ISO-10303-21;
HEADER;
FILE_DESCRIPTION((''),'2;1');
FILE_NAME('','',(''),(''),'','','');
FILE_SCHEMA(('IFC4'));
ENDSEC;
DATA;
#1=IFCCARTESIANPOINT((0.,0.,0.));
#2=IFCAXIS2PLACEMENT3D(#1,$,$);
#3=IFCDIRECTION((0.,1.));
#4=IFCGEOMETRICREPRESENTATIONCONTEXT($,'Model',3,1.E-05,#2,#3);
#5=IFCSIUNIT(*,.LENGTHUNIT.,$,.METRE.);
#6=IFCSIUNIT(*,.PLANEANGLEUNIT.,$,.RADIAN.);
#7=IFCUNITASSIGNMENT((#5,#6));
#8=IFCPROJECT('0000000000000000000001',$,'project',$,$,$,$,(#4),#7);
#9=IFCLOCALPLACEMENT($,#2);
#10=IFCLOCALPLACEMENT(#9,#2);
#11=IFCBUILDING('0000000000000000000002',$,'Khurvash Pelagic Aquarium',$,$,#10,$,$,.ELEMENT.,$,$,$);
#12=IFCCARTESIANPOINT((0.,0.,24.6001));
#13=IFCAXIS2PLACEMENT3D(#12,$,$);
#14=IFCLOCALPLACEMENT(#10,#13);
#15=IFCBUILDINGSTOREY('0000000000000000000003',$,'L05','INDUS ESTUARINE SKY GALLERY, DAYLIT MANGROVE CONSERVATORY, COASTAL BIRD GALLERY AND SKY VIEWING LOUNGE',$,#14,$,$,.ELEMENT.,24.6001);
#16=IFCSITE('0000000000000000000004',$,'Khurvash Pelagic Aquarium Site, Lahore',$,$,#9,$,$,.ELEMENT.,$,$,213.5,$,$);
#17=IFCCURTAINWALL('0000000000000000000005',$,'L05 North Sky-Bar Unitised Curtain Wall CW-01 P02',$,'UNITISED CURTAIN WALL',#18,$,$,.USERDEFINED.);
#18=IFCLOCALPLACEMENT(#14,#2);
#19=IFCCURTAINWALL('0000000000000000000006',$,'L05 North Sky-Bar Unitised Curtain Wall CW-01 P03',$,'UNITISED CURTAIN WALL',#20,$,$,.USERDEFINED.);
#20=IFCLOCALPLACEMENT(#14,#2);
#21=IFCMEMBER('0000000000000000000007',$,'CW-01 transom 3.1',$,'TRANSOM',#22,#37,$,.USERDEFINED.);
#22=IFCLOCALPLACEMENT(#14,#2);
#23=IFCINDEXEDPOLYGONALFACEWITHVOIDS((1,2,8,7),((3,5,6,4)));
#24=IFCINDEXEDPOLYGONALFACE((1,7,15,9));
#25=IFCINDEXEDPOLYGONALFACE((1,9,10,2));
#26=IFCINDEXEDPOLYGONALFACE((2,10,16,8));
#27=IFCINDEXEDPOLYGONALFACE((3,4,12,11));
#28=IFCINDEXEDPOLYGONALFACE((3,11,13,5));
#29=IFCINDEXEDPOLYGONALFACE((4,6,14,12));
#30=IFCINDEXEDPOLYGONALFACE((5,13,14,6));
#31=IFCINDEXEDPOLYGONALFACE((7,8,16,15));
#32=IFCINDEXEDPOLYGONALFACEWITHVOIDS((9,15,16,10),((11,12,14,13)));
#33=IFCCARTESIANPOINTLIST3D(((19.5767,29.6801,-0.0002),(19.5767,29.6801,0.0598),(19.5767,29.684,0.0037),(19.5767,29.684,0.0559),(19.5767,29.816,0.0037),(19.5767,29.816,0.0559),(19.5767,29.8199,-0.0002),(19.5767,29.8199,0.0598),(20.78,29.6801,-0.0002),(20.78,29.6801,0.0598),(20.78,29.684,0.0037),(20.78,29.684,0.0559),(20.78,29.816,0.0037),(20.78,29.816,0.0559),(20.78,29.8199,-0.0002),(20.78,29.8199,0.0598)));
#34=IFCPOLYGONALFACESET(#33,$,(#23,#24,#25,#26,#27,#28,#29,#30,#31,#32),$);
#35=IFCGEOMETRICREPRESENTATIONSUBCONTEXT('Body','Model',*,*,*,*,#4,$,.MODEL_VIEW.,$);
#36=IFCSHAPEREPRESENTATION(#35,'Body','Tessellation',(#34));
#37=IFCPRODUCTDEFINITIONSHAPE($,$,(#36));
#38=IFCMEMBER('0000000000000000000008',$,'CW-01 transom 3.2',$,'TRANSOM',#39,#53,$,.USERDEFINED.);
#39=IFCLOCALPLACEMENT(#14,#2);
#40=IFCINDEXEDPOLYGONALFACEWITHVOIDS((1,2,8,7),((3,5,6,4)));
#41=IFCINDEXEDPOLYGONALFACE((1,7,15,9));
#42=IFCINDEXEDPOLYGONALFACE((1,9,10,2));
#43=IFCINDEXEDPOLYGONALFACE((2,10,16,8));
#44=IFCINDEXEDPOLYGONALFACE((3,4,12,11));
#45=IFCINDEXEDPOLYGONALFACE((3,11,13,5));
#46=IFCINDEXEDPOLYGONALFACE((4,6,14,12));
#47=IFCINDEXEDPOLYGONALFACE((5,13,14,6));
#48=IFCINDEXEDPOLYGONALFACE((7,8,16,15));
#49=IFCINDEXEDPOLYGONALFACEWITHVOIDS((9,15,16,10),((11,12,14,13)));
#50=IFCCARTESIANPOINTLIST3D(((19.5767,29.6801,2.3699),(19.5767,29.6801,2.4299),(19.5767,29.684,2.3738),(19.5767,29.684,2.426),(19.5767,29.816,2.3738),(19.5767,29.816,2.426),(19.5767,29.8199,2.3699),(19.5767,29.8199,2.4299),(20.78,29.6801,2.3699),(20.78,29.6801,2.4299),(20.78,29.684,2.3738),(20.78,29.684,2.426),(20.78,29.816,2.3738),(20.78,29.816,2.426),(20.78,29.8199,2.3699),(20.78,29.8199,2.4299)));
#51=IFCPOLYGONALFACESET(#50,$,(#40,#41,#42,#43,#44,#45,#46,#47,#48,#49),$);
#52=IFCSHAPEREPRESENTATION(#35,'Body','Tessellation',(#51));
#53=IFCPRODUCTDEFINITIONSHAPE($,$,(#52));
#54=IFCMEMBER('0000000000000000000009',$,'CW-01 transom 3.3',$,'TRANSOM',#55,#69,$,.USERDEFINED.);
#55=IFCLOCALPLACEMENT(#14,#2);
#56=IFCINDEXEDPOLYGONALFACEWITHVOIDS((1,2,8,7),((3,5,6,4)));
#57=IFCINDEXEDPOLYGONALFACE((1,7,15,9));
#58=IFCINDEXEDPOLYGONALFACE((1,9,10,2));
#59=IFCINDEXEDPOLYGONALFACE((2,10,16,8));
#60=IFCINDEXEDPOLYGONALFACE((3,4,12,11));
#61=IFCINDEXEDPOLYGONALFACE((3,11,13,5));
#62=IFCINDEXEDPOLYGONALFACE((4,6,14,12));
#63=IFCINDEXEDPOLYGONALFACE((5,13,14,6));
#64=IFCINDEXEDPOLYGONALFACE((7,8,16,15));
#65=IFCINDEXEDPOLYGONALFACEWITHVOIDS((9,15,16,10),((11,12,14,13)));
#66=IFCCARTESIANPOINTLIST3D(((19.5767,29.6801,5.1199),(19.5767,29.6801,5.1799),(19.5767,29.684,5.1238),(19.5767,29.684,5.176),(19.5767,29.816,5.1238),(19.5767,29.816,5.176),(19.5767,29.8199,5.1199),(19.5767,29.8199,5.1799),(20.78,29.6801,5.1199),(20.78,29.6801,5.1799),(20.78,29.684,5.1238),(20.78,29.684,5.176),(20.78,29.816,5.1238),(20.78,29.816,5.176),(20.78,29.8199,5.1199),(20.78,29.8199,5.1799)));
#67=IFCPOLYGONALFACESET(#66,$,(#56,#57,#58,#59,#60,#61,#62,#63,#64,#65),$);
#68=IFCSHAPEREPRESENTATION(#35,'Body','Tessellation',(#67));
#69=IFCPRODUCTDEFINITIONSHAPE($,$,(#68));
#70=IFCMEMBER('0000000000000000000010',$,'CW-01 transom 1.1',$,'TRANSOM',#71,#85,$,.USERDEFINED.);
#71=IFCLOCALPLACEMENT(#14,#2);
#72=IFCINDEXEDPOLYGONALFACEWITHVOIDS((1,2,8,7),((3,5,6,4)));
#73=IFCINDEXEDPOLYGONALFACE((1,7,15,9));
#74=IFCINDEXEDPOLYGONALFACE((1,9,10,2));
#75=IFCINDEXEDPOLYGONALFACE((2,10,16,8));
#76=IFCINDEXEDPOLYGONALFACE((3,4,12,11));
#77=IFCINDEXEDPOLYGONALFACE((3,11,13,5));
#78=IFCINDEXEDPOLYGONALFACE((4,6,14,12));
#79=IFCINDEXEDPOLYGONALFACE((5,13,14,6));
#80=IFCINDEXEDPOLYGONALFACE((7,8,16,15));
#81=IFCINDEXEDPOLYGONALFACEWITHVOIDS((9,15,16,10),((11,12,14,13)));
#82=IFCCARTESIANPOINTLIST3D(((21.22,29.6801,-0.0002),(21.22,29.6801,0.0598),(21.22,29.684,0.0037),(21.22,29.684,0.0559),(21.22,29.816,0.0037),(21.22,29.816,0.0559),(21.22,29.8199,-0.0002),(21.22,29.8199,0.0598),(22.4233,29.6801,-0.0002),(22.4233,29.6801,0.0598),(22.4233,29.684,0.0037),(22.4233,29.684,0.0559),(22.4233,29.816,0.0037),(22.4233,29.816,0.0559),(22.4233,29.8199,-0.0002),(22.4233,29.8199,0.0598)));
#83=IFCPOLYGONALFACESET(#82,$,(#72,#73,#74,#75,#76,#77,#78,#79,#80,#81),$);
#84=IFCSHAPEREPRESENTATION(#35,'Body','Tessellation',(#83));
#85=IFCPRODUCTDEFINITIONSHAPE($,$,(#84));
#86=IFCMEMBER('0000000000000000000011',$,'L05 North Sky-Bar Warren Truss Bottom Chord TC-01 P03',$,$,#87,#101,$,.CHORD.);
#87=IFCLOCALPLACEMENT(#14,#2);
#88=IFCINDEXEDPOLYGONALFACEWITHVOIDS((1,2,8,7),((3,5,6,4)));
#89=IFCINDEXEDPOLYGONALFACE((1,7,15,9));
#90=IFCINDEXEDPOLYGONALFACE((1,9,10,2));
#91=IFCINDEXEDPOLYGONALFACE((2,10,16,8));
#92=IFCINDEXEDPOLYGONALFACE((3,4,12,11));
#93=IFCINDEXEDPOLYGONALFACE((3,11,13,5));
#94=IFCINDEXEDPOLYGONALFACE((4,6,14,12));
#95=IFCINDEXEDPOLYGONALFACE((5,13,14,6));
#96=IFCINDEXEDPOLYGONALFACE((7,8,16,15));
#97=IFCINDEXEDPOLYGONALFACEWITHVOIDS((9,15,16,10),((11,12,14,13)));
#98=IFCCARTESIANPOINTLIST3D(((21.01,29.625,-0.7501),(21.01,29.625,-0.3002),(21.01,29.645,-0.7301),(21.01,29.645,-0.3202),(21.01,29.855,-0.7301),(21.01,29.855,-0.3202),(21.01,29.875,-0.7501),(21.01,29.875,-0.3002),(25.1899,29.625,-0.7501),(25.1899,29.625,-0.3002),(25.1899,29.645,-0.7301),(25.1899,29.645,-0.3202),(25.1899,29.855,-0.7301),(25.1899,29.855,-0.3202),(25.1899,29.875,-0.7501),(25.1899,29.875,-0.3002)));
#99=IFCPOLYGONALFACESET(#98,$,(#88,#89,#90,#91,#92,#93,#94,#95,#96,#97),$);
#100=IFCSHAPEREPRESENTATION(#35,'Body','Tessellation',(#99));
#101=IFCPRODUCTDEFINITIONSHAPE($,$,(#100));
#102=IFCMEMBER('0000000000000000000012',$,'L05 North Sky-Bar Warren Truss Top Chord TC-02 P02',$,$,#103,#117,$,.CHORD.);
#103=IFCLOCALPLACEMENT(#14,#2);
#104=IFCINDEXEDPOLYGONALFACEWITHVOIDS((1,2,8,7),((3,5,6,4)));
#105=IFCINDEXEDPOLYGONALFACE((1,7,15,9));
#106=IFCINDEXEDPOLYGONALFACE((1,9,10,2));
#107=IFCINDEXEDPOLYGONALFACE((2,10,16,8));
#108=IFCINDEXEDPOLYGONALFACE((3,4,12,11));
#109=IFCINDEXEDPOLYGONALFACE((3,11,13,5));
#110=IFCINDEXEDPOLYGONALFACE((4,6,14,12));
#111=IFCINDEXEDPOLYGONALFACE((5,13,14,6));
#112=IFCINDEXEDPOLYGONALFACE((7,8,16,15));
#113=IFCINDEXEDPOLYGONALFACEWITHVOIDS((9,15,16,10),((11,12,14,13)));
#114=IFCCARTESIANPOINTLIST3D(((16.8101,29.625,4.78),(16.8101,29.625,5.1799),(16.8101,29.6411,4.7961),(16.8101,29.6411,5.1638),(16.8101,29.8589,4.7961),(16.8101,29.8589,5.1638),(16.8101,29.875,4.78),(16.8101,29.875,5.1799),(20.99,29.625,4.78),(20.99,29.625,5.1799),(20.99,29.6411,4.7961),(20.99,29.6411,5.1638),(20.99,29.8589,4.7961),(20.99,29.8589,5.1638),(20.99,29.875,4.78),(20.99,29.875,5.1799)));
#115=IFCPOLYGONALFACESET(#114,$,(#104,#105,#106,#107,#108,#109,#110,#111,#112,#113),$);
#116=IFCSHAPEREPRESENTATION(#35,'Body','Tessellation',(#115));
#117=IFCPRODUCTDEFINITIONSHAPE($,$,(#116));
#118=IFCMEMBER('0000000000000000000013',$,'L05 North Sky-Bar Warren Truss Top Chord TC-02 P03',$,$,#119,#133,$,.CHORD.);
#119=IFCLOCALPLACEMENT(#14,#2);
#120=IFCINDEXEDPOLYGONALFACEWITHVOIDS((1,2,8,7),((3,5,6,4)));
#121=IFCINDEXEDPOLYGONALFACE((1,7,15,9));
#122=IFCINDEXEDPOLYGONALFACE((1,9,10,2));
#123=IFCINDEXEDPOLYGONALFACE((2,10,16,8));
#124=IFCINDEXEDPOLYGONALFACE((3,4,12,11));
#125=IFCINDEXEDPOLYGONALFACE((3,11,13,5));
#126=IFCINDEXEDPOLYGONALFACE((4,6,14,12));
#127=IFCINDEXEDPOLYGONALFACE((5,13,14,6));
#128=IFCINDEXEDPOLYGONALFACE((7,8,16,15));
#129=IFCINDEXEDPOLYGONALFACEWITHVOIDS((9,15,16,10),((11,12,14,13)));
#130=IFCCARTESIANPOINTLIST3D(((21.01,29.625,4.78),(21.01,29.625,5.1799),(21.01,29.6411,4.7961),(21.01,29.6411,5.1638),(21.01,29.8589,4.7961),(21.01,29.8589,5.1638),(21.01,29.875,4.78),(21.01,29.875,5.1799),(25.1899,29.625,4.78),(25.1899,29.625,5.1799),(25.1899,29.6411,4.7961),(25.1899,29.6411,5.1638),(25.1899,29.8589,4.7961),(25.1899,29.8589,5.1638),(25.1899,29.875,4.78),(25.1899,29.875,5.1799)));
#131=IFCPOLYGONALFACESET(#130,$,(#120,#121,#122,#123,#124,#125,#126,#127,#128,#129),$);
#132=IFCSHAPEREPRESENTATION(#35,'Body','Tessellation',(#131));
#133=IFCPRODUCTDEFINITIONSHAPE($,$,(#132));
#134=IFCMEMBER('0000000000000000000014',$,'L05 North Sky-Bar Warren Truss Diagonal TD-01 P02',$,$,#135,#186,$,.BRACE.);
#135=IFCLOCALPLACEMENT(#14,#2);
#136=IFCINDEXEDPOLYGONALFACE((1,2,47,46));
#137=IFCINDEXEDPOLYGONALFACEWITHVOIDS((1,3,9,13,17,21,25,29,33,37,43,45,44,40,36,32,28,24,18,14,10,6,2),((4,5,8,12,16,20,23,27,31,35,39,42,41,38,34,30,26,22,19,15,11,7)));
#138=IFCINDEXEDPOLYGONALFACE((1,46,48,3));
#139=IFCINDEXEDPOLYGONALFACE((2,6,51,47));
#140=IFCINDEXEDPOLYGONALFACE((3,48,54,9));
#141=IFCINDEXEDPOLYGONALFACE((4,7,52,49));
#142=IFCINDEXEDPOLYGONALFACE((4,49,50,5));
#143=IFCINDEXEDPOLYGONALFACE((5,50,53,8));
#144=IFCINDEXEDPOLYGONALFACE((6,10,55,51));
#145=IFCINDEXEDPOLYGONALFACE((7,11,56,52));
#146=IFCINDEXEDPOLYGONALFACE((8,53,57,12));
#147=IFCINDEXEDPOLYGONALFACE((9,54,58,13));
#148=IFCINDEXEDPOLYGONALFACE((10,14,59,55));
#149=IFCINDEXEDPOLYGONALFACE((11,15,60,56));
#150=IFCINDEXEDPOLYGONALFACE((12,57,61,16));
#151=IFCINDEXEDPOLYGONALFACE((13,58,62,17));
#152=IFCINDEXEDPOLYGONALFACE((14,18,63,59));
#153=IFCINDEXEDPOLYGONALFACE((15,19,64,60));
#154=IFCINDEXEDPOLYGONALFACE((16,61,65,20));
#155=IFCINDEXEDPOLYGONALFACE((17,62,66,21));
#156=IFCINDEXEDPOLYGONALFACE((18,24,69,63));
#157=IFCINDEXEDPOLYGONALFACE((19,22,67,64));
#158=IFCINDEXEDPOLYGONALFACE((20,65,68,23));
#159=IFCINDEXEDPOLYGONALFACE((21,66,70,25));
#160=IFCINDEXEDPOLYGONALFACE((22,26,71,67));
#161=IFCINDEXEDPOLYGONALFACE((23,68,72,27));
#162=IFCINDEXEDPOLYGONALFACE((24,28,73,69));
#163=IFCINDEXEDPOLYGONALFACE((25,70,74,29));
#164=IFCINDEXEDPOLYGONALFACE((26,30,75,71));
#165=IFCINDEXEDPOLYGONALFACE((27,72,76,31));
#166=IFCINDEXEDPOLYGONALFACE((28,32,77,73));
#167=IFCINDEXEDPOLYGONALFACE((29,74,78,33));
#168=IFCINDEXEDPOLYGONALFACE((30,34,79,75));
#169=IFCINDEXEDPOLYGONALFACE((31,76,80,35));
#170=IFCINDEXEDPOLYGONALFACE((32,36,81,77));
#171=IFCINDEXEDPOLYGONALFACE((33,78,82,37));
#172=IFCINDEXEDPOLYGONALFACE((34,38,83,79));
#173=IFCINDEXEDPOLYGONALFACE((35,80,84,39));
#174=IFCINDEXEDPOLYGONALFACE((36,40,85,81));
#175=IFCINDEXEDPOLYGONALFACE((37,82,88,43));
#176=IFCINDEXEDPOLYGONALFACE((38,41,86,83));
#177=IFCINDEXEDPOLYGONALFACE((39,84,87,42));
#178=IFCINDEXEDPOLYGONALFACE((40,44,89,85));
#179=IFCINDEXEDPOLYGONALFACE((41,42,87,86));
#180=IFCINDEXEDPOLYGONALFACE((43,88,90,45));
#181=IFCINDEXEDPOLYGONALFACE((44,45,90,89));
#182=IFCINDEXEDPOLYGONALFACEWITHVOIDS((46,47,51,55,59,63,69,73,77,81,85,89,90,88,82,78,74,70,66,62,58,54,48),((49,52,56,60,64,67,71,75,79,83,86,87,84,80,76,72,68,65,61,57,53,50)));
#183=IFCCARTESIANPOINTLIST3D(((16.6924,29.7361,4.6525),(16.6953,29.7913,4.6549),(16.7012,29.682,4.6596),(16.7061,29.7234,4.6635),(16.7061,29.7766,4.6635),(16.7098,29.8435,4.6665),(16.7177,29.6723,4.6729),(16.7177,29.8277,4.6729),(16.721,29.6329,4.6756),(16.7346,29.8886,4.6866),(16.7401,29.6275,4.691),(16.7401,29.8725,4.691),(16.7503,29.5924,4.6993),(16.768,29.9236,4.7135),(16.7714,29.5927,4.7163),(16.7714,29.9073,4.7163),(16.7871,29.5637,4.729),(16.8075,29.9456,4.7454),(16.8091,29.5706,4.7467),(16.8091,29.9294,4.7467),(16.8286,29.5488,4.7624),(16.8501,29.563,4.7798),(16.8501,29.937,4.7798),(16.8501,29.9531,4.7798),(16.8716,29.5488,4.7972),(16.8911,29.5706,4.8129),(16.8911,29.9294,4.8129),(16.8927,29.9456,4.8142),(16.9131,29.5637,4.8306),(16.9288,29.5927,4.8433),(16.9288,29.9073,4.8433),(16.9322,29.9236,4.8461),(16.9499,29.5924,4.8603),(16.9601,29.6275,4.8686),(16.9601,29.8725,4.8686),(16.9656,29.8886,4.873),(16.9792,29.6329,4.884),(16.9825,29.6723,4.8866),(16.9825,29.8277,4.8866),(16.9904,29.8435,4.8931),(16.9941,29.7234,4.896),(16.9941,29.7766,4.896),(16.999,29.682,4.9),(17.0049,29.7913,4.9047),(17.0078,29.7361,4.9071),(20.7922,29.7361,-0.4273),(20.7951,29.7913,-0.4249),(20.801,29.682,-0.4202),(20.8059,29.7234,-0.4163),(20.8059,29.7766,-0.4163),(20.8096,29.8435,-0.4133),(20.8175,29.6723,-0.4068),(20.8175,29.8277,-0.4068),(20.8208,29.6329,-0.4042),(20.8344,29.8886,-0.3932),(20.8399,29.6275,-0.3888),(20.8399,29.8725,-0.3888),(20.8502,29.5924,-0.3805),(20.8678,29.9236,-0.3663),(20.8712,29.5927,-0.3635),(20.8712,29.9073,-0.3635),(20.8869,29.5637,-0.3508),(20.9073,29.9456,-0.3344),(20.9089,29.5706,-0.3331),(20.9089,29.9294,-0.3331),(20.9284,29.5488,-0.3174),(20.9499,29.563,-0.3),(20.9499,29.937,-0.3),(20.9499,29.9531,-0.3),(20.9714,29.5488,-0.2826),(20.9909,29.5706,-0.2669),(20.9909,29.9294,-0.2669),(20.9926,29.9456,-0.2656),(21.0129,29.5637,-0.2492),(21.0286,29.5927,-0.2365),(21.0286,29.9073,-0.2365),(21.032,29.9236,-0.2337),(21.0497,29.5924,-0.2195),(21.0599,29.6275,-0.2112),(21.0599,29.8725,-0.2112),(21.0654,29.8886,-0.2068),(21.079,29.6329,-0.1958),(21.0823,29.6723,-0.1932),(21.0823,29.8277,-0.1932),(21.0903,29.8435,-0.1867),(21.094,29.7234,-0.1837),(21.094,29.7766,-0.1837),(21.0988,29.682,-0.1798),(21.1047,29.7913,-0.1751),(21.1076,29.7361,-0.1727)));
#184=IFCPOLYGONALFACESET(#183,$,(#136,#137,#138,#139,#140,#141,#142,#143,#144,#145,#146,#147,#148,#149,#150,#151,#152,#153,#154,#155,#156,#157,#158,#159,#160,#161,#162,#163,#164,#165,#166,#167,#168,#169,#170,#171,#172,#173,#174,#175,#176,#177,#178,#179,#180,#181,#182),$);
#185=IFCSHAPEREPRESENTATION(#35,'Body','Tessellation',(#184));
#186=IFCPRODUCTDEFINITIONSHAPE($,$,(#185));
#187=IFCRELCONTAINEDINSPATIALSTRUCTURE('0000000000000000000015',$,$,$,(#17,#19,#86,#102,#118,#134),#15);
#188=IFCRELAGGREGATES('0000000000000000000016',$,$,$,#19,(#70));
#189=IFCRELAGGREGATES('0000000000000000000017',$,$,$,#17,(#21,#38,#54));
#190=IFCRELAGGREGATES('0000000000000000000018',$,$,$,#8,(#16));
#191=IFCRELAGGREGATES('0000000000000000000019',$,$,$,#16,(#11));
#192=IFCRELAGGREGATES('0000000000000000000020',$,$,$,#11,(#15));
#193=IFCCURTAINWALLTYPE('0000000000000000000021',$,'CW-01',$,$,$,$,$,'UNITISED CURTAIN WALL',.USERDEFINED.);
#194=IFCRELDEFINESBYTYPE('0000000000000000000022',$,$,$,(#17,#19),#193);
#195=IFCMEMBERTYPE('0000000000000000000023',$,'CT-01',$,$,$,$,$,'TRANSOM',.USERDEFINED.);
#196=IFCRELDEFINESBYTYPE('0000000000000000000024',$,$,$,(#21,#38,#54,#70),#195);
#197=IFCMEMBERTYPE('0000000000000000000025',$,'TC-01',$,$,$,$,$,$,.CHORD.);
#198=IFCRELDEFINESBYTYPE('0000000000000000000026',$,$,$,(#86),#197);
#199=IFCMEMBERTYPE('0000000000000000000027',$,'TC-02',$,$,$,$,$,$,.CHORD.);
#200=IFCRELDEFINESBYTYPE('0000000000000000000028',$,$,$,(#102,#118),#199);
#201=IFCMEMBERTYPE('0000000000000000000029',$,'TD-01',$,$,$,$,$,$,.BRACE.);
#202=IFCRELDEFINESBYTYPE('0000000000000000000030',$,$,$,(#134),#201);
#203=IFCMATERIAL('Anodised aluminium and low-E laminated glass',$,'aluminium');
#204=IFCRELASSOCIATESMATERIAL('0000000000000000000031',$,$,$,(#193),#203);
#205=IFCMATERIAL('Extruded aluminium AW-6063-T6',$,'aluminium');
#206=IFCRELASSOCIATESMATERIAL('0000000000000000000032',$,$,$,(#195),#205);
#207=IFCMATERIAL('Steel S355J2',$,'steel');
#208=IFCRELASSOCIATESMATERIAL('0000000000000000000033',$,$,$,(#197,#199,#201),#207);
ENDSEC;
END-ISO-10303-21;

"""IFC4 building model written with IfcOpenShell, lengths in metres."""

from ifc_helpers import new_model, si_unit, direction, frame, origin, origin_2d, place, context, subcontext, project, spatial, hollow_rectangle, hollow_circle, extrude, material, material_profile, profile_set, type_object, element, aggregate, save


model = new_model("IFC4")

# Units and contexts
model_context = context("Model", 3, precision=1e-05, world=origin(), true_north=direction((0.0, 1.0)))
body_context = subcontext(model_context, "Body", "Model", "MODEL_VIEW")
ifc_project = project(units=[si_unit("LENGTHUNIT", "METRE"), si_unit("PLANEANGLEUNIT", "RADIAN")], contexts=[model_context])

# Site, building, storey
site_placement = place(None, origin())
site = spatial("IfcSite", under=ifc_project, at=site_placement, Name="Khurvash Pelagic Aquarium Site, Lahore", CompositionType="ELEMENT", RefElevation=213.5)
building_placement = place(site_placement, origin())
building = spatial("IfcBuilding", under=site, at=building_placement, Name="Khurvash Pelagic Aquarium", CompositionType="ELEMENT")
storey_placement = place(building_placement, frame((0.0, 0.0, 24.6001)))
storey = spatial("IfcBuildingStorey", under=building, at=storey_placement, Name="L05", Description="INDUS ESTUARINE SKY GALLERY, DAYLIT MANGROVE CONSERVATORY, COASTAL BIRD GALLERY AND SKY VIEWING LOUNGE", CompositionType="ELEMENT", Elevation=24.6001)

# Curtain wall
ifc_material_1 = material(Name="Anodised aluminium and low-E laminated glass", Category="aluminium")
curtain_wall_type = type_object("IfcCurtainWallType", Name="CW-01", ElementType="UNITISED CURTAIN WALL", PredefinedType="USERDEFINED", material=ifc_material_1)
curtain_wall_1_placement = place(storey_placement, origin())
curtain_wall_1 = element("IfcCurtainWall", 1, at=curtain_wall_1_placement, inside=storey, type_object=curtain_wall_type, Name="L05 North Sky-Bar Unitised Curtain Wall CW-01 P02", ObjectType="UNITISED CURTAIN WALL", PredefinedType="USERDEFINED")
ifc_material_2 = material(Name="Extruded aluminium AW-6063-T6", Category="aluminium")

# Curtain wall
curtain_wall_2_placement = place(storey_placement, origin())
curtain_wall_2 = element("IfcCurtainWall", 2, at=curtain_wall_2_placement, inside=storey, type_object=curtain_wall_type, Name="L05 North Sky-Bar Unitised Curtain Wall CW-01 P03", ObjectType="UNITISED CURTAIN WALL", PredefinedType="USERDEFINED")

# Members
ifc_material_profile_1 = material_profile(ifc_material_2, hollow_rectangle(XDim=0.1399, YDim=0.0601, WallThickness=0.0039, at=origin_2d()), Name="CWT140X60X4")
ifc_profile_set_1 = profile_set([ifc_material_profile_1], Name="Extruded aluminium AW-6063-T6")
member_type_1 = type_object("IfcMemberType", Name="CT-01", ElementType="TRANSOM", PredefinedType="USERDEFINED", material=ifc_profile_set_1)
member_1_placement = place(storey_placement, frame((19.5767, 29.75, 0.0298), z_axis=(1.0, 0.0, 0.0), x_axis=(0.0, 1.0, 0.0)))
member_1 = element("IfcMember", 3, at=member_1_placement, type_object=member_type_1, Name="CW-01 transom 3.1", ObjectType="TRANSOM", PredefinedType="USERDEFINED", context=body_context, shape_type="SweptSolid", body=[
    extrude(hollow_rectangle(XDim=0.1399, YDim=0.0601, WallThickness=0.0039, at=origin_2d()), origin(), (0.0, 0.0, 1.0), 1.2034),
])
member_2_placement = place(storey_placement, frame((19.5767, 29.75, 2.3999), z_axis=(1.0, 0.0, 0.0), x_axis=(0.0, 1.0, 0.0)))
member_2 = element("IfcMember", 4, at=member_2_placement, type_object=member_type_1, Name="CW-01 transom 3.2", ObjectType="TRANSOM", PredefinedType="USERDEFINED", context=body_context, shape_type="SweptSolid", body=[
    extrude(hollow_rectangle(XDim=0.1399, YDim=0.0601, WallThickness=0.0039, at=origin_2d()), origin(), (0.0, 0.0, 1.0), 1.2034),
])
member_3_placement = place(storey_placement, frame((19.5767, 29.75, 5.1499), z_axis=(1.0, 0.0, 0.0), x_axis=(0.0, 1.0, 0.0)))
member_3 = element("IfcMember", 5, at=member_3_placement, type_object=member_type_1, Name="CW-01 transom 3.3", ObjectType="TRANSOM", PredefinedType="USERDEFINED", context=body_context, shape_type="SweptSolid", body=[
    extrude(hollow_rectangle(XDim=0.1399, YDim=0.0601, WallThickness=0.0039, at=origin_2d()), origin(), (0.0, 0.0, 1.0), 1.2034),
])
member_4_placement = place(storey_placement, frame((21.22, 29.75, 0.0298), z_axis=(1.0, 0.0, 0.0), x_axis=(0.0, 1.0, 0.0)))
member_4 = element("IfcMember", 6, at=member_4_placement, type_object=member_type_1, Name="CW-01 transom 1.1", ObjectType="TRANSOM", PredefinedType="USERDEFINED", context=body_context, shape_type="SweptSolid", body=[
    extrude(hollow_rectangle(XDim=0.1399, YDim=0.0601, WallThickness=0.0039, at=origin_2d()), origin(), (0.0, 0.0, 1.0), 1.2034),
])
aggregate(curtain_wall_2, [member_4])

# Members
ifc_material_3 = material(Name="Steel S355J2", Category="steel")
ifc_material_profile_2 = material_profile(ifc_material_3, hollow_rectangle(XDim=0.25, YDim=0.45, WallThickness=0.02, at=origin_2d()), Name="RHS450X250X20")
ifc_profile_set_2 = profile_set([ifc_material_profile_2], Name="Steel S355J2")
member_type_2 = type_object("IfcMemberType", Name="TC-01", PredefinedType="CHORD", material=ifc_profile_set_2)
member_5_placement = place(storey_placement, frame((21.01, 29.75, -0.5251), z_axis=(1.0, 0.0, 0.0), x_axis=(0.0, 1.0, 0.0)))
element("IfcMember", 7, at=member_5_placement, inside=storey, type_object=member_type_2, Name="L05 North Sky-Bar Warren Truss Bottom Chord TC-01 P03", PredefinedType="CHORD", context=body_context, shape_type="SweptSolid", body=[
    extrude(hollow_rectangle(XDim=0.25, YDim=0.45, WallThickness=0.02, at=origin_2d()), origin(), (0.0, 0.0, 1.0), 4.1799),
])
ifc_material_profile_3 = material_profile(ifc_material_3, hollow_rectangle(XDim=0.25, YDim=0.3999, WallThickness=0.0161, at=origin_2d()), Name="RHS400X250X16")
ifc_profile_set_3 = profile_set([ifc_material_profile_3], Name="Steel S355J2")
member_type_3 = type_object("IfcMemberType", Name="TC-02", PredefinedType="CHORD", material=ifc_profile_set_3)
for number, where, z_axis, x_axis, name in (
    (8, (16.8101, 29.75, 4.98), (1.0, 0.0, 0.0), (0.0, 1.0, 0.0), "L05 North Sky-Bar Warren Truss Top Chord TC-02 P02"),
    (9, (21.01, 29.75, 4.98), (1.0, 0.0, 0.0), (0.0, 1.0, 0.0), "L05 North Sky-Bar Warren Truss Top Chord TC-02 P03"),
):
    element("IfcMember", number, at=place(storey_placement, frame(where, z_axis=z_axis, x_axis=x_axis)), inside=storey, type_object=member_type_3, Name=name, PredefinedType="CHORD", context=body_context, shape_type="SweptSolid", body=[
        extrude(hollow_rectangle(XDim=0.25, YDim=0.3999, WallThickness=0.0161, at=origin_2d()), origin(), (0.0, 0.0, 1.0), 4.1799),
    ])
ifc_material_profile_4 = material_profile(ifc_material_3, hollow_circle(Radius=0.2031, WallThickness=0.0161, at=origin_2d()), Name="CHS406X16")
ifc_profile_set_4 = profile_set([ifc_material_profile_4], Name="Steel S355J2")
member_type_4 = type_object("IfcMemberType", Name="TD-01", PredefinedType="BRACE", material=ifc_profile_set_4)
for number, where, z_axis, x_axis, name in (
    (10, (16.8501, 29.75, 4.7798), (0.628051, 0.0, -0.778172), (0.0, 1.0, 0.0), "L05 North Sky-Bar Warren Truss Diagonal TD-01 P02"),
):
    element("IfcMember", number, at=place(storey_placement, frame(where, z_axis=z_axis, x_axis=x_axis)), inside=storey, type_object=member_type_4, Name=name, PredefinedType="BRACE", context=body_context, shape_type="SweptSolid", body=[
        extrude(hollow_circle(Radius=0.2031, WallThickness=0.0161, at=origin_2d()), origin(), (0.0, 0.0, 1.0), 6.5278),
    ])

aggregate(curtain_wall_1, [member_1, member_2, member_3])

save(model, "model.ifc")
